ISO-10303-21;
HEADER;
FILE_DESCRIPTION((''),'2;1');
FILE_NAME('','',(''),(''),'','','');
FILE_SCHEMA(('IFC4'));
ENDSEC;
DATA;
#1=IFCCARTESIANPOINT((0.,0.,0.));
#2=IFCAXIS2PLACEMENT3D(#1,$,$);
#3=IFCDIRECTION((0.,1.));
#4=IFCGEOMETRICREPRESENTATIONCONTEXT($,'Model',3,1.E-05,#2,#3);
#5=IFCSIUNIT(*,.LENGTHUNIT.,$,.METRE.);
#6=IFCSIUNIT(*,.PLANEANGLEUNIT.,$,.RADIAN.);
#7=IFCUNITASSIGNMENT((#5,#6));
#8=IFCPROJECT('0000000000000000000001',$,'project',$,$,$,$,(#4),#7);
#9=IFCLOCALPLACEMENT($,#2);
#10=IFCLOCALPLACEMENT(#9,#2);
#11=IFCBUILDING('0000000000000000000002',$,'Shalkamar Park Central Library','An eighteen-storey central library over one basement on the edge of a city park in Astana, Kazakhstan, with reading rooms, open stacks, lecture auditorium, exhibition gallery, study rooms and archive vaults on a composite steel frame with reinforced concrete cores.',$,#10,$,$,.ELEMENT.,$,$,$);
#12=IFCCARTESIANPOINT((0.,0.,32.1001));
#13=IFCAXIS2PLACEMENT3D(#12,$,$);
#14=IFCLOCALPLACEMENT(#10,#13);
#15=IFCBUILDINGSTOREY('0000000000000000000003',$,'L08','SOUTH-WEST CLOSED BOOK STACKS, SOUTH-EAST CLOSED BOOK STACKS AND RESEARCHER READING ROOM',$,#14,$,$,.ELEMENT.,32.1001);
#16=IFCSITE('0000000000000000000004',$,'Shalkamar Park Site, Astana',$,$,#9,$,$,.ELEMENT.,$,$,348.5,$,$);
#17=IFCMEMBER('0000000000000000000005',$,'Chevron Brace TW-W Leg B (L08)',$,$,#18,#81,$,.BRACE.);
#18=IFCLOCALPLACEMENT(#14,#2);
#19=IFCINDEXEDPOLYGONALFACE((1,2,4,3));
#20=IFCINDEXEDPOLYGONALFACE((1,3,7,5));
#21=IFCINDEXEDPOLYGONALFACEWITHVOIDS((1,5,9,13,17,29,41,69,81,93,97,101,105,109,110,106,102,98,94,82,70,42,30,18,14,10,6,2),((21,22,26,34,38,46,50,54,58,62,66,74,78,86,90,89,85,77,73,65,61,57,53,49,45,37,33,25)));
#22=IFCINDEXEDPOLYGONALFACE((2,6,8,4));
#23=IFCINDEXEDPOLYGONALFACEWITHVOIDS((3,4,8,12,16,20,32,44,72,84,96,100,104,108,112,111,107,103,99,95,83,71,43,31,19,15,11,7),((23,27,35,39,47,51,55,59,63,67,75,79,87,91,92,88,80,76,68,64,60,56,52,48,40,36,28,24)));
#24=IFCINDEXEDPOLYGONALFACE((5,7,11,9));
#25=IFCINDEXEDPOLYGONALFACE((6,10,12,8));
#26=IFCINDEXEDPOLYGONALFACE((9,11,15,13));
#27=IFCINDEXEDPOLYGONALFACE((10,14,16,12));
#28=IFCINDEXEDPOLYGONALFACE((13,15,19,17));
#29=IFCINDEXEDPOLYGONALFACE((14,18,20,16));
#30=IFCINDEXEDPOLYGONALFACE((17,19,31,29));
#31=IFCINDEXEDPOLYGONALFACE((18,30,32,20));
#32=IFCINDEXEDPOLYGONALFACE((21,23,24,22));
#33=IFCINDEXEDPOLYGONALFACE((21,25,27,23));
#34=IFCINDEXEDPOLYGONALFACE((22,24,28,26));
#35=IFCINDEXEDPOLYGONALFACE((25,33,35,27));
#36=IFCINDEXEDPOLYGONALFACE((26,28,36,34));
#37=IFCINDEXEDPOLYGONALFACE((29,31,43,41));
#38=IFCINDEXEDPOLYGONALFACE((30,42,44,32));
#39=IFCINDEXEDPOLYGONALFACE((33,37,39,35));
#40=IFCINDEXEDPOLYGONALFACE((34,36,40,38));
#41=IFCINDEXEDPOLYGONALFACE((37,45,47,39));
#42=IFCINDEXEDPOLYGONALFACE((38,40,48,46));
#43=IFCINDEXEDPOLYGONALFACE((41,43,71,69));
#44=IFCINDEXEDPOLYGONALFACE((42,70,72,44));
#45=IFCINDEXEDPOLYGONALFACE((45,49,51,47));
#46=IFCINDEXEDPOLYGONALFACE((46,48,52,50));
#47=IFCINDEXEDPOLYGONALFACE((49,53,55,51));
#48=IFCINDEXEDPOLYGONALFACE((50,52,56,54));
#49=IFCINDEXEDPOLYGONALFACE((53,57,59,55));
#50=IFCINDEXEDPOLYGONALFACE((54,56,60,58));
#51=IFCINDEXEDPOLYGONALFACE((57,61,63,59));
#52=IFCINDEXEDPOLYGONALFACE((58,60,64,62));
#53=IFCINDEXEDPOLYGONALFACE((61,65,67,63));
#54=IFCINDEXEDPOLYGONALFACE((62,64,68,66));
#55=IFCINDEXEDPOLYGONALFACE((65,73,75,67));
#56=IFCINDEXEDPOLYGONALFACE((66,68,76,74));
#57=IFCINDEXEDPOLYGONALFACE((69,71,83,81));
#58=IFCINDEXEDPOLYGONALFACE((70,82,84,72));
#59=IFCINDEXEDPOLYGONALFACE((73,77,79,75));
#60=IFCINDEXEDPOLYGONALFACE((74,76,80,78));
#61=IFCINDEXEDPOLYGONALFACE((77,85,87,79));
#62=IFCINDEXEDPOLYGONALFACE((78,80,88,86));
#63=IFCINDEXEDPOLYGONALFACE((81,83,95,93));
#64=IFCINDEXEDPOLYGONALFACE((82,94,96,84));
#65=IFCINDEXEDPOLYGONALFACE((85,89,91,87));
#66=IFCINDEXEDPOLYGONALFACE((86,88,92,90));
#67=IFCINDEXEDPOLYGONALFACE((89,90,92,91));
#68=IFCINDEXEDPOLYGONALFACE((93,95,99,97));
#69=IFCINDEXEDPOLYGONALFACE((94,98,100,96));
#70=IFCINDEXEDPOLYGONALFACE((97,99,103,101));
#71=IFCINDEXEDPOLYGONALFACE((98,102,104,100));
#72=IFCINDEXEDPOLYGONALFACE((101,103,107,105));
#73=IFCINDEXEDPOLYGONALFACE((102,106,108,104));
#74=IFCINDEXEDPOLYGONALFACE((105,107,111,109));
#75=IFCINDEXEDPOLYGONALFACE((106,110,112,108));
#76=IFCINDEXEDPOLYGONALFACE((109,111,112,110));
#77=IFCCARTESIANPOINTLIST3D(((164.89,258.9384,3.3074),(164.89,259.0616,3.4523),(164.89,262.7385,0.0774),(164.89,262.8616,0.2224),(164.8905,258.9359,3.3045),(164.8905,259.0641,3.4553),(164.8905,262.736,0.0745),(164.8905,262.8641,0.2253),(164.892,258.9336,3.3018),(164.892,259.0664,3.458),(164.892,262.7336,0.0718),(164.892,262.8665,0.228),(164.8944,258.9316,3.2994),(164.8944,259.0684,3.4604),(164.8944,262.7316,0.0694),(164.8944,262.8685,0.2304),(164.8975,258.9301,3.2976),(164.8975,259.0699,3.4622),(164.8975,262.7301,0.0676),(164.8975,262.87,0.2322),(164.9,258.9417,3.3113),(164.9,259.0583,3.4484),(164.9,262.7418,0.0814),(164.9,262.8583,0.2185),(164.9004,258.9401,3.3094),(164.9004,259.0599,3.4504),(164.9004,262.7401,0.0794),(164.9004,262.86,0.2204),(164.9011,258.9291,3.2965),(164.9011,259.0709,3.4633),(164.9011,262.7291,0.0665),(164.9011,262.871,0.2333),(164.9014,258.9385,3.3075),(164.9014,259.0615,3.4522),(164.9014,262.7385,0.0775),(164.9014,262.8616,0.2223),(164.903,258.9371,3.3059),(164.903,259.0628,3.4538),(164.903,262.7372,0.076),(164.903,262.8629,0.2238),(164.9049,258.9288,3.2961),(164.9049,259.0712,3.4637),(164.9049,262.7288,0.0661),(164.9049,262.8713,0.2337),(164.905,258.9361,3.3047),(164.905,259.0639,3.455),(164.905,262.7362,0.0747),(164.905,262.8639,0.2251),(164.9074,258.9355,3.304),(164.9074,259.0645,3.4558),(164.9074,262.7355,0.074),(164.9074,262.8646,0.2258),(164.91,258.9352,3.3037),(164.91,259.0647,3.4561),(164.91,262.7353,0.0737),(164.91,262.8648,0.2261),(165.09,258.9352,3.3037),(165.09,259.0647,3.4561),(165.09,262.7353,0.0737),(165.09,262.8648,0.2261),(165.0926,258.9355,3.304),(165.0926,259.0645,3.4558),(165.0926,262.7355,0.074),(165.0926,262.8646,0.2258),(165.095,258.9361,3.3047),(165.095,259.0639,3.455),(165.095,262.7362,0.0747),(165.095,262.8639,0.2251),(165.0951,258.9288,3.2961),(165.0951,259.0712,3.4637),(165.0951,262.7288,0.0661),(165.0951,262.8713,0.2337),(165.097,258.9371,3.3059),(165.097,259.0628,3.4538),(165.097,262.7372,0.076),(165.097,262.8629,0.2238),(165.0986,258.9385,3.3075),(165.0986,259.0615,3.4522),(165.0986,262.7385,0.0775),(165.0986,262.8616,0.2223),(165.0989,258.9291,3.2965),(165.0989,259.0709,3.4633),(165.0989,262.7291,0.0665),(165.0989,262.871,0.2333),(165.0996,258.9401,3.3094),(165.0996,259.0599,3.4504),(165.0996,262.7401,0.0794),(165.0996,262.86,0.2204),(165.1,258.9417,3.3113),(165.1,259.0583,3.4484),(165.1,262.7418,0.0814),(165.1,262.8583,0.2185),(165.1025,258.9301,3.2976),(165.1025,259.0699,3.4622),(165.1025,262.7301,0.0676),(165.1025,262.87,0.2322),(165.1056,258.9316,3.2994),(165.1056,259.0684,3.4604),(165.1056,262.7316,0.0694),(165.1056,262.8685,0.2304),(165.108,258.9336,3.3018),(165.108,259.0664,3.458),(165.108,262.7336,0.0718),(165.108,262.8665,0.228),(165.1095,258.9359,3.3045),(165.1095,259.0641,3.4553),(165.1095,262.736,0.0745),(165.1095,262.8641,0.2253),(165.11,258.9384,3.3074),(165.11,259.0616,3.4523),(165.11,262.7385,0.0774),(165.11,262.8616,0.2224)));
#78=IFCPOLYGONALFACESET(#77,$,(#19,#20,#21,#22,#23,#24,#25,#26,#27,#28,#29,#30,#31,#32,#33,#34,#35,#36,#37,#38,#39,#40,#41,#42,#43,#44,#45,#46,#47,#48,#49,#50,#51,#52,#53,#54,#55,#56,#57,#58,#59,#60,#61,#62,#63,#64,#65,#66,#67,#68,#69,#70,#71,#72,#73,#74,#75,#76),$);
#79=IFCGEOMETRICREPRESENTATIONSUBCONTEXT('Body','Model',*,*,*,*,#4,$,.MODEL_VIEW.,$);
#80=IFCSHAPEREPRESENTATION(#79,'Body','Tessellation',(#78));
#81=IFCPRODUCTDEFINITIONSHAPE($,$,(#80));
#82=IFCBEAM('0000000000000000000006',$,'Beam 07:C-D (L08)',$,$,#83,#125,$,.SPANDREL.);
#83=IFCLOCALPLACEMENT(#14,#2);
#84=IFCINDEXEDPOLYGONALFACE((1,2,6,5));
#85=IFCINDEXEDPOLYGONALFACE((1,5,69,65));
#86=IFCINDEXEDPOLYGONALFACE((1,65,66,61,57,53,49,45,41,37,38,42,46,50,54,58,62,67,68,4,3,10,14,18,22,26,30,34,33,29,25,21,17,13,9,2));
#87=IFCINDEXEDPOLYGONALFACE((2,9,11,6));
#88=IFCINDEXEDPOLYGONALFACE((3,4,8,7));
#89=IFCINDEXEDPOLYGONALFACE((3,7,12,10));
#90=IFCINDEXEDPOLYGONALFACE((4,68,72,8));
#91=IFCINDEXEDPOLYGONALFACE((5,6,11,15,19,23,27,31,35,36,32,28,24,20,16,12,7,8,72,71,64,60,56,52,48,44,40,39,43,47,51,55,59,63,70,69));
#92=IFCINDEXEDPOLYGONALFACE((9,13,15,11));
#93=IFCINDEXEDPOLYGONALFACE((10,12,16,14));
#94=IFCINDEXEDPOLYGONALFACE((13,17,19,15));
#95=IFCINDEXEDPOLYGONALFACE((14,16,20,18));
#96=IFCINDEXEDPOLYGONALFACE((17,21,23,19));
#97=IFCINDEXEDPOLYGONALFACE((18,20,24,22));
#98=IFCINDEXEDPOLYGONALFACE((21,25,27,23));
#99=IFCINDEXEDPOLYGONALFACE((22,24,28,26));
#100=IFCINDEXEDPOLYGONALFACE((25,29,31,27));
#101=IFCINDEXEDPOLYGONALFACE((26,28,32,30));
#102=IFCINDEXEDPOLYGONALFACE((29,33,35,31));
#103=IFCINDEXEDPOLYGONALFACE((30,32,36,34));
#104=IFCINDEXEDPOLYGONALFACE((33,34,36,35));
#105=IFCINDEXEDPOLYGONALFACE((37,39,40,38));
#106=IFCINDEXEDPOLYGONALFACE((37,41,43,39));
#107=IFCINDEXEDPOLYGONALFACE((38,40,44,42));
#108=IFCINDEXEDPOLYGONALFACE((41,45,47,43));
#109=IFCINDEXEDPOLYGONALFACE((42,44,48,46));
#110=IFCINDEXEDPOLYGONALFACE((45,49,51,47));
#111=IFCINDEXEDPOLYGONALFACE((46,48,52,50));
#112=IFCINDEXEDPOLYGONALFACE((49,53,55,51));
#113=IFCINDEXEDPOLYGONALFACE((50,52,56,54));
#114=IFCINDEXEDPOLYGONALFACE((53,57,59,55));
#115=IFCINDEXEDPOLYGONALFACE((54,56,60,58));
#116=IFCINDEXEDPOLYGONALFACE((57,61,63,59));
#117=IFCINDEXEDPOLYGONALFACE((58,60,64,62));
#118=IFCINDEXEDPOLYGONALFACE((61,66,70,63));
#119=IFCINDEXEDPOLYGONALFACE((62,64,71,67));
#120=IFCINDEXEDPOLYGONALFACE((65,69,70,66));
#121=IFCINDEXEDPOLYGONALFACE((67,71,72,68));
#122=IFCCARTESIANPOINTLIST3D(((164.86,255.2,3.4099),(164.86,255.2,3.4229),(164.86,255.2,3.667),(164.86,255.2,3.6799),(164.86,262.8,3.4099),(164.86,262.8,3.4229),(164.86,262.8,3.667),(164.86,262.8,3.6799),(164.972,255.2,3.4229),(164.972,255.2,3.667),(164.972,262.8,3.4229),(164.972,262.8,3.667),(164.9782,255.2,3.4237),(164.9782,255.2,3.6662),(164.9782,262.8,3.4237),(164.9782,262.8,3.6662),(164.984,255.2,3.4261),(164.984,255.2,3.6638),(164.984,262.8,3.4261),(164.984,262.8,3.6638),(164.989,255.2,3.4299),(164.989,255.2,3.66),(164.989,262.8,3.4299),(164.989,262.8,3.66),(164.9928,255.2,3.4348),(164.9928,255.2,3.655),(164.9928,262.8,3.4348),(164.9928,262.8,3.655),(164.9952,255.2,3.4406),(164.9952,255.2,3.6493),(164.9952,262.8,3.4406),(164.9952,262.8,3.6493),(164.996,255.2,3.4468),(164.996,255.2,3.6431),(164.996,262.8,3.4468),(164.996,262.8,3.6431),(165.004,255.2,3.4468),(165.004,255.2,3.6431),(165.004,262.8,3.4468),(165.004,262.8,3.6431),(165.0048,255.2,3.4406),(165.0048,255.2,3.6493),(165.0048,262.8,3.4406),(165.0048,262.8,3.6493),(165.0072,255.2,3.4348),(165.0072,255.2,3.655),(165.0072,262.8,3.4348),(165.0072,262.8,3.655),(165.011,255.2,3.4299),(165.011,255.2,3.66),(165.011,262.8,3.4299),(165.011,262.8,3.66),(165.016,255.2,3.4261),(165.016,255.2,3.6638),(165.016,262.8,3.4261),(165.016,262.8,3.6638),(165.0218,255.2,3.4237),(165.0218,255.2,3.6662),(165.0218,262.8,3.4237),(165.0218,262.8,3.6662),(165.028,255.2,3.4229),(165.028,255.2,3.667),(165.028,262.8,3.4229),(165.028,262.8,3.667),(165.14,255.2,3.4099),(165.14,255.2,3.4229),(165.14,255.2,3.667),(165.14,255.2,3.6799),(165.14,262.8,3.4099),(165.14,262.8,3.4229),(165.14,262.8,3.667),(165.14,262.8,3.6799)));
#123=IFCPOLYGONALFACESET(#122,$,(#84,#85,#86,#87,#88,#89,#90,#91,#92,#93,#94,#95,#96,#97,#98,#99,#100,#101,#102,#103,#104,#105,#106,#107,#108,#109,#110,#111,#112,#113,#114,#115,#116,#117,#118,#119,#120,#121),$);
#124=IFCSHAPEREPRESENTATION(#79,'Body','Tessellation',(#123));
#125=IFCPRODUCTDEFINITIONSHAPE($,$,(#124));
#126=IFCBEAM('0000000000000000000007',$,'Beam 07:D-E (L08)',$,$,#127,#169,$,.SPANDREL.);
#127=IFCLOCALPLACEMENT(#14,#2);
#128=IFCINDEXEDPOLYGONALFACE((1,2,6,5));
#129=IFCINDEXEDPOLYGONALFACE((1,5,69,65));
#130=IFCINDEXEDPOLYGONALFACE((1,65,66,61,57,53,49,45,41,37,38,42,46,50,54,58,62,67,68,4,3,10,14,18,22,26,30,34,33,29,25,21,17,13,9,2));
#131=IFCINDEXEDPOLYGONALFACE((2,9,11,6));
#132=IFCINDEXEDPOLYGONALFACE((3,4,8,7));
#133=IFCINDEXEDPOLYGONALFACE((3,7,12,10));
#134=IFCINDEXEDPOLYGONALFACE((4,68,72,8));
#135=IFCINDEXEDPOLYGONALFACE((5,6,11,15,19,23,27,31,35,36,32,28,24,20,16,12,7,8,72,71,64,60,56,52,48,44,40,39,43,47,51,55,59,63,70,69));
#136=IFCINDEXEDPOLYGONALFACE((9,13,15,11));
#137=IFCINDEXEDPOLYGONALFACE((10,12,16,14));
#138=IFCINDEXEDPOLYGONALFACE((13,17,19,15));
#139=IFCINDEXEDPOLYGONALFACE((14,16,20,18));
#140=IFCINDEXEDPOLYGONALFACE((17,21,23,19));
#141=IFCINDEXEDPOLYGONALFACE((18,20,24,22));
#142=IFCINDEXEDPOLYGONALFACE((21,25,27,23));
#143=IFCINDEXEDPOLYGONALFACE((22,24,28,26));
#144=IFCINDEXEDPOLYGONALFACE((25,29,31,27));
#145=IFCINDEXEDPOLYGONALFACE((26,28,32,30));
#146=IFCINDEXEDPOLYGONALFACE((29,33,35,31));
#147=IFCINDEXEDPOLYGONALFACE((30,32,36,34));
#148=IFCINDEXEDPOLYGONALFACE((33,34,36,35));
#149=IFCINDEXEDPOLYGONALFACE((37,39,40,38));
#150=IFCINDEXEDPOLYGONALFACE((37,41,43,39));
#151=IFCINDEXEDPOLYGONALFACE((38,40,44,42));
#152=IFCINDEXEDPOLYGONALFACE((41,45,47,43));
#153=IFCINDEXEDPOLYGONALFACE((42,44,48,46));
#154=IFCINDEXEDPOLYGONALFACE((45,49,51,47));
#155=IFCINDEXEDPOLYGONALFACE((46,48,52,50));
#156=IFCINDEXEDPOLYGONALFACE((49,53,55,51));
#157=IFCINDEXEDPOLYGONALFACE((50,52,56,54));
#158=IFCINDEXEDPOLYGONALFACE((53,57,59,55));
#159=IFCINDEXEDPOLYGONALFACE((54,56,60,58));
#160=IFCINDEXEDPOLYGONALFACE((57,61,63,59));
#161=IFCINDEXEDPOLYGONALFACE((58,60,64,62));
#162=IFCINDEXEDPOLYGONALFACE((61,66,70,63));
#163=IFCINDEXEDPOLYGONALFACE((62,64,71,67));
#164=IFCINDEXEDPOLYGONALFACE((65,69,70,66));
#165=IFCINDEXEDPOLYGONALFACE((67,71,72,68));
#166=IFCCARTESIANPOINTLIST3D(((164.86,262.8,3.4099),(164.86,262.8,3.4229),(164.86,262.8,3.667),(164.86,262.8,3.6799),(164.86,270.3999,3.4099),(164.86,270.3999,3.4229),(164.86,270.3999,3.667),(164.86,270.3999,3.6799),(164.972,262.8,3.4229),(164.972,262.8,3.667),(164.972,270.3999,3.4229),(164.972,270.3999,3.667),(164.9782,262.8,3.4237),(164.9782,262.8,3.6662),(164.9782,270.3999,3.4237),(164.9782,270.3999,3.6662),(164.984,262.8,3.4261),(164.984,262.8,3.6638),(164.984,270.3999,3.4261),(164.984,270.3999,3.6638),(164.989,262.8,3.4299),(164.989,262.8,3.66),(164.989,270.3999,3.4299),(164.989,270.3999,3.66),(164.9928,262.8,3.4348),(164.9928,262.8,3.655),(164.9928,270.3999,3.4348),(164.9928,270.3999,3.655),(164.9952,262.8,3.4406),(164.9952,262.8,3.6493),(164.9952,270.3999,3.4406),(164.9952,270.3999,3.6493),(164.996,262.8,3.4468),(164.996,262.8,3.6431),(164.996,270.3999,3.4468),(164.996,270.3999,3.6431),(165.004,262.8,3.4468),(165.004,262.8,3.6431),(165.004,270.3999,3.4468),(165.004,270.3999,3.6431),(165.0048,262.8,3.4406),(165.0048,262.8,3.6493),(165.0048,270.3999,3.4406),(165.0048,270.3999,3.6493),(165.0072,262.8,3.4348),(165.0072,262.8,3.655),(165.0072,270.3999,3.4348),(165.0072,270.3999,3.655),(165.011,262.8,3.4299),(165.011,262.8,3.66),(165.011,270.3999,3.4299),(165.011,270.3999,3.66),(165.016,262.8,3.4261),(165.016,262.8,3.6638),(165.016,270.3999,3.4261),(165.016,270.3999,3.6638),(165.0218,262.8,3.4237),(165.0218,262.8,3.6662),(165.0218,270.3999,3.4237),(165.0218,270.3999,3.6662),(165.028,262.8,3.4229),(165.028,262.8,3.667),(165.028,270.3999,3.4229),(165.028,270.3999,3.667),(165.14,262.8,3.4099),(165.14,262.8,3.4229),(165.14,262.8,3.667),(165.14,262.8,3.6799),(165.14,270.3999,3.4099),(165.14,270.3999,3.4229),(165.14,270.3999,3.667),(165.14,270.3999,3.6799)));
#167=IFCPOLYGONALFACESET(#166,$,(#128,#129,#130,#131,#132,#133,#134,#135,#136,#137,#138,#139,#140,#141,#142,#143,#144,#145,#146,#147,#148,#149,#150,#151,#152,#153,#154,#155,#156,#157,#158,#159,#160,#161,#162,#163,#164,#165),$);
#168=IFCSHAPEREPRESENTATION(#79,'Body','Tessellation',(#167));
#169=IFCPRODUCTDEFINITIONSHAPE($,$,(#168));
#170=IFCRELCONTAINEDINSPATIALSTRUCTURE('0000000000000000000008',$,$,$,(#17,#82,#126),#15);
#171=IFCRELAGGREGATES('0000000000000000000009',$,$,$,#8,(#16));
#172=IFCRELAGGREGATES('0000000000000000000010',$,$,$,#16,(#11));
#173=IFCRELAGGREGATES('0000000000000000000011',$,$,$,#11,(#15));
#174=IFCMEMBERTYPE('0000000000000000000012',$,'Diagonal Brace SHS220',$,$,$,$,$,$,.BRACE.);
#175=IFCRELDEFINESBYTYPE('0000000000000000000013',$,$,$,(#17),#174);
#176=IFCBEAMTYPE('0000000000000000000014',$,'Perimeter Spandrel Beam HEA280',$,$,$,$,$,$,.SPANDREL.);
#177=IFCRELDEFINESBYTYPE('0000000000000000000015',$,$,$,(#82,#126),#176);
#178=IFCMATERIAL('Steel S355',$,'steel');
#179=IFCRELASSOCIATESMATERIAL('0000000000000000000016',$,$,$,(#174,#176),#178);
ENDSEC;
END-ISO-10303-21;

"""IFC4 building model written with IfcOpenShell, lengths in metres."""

from ifc_helpers import new_model, si_unit, direction, frame, origin, origin_2d, place, context, subcontext, project, spatial, hollow_rectangle, i_section, extrude, material, material_profile, profile_set, type_object, element, save


model = new_model("IFC4")

# Units and contexts
model_context = context("Model", 3, precision=1e-05, world=origin(), true_north=direction((0.0, 1.0)))
body_context = subcontext(model_context, "Body", "Model", "MODEL_VIEW")
ifc_project = project(units=[si_unit("LENGTHUNIT", "METRE"), si_unit("PLANEANGLEUNIT", "RADIAN")], contexts=[model_context])

# Site, building, storey
site_placement = place(None, origin())
site = spatial("IfcSite", under=ifc_project, at=site_placement, Name="Shalkamar Park Site, Astana", CompositionType="ELEMENT", RefElevation=348.5)
building_placement = place(site_placement, origin())
building = spatial("IfcBuilding", under=site, at=building_placement, Name="Shalkamar Park Central Library", Description="An eighteen-storey central library over one basement on the edge of a city park in Astana, Kazakhstan, with reading rooms, open stacks, lecture auditorium, exhibition gallery, study rooms and archive vaults on a composite steel frame with reinforced concrete cores.", CompositionType="ELEMENT")
storey_placement = place(building_placement, frame((0.0, 0.0, 32.1001)))
storey = spatial("IfcBuildingStorey", under=building, at=storey_placement, Name="L08", Description="SOUTH-WEST CLOSED BOOK STACKS, SOUTH-EAST CLOSED BOOK STACKS AND RESEARCHER READING ROOM", CompositionType="ELEMENT", Elevation=32.1001)

# Shared definitions
ifc_material_1 = material(Name="Steel S355", Category="steel")

# Member
ifc_material_profile_1 = material_profile(ifc_material_1, hollow_rectangle(XDim=0.22, YDim=0.22, WallThickness=0.01, InnerFilletRadius=0.01, OuterFilletRadius=0.0149, at=origin_2d()), Name="SHS 220x220x10")
ifc_profile_set_1 = profile_set([ifc_material_profile_1], Name="Steel S355")
member_type = type_object("IfcMemberType", Name="Diagonal Brace SHS220", PredefinedType="BRACE", material=ifc_profile_set_1)
for number, where, z_axis, x_axis, name in (
    (1, (165.0, 262.8, 0.1499), (0.0, -0.761945, 0.647641), (1.0, 0.0, 0.0), "Chevron Brace TW-W Leg B (L08)"),
):
    element("IfcMember", number, at=place(storey_placement, frame(where, z_axis=z_axis, x_axis=x_axis)), inside=storey, type_object=member_type, Name=name, PredefinedType="BRACE", context=body_context, shape_type="SweptSolid", body=[
        extrude(hollow_rectangle(XDim=0.22, YDim=0.22, WallThickness=0.01, InnerFilletRadius=0.01, OuterFilletRadius=0.0149, at=origin_2d()), origin(), (0.0, 0.0, 1.0), 4.9873),
    ])

# Beams
ifc_material_profile_2 = material_profile(ifc_material_1, i_section(OverallWidth=0.28, OverallDepth=0.27, WebThickness=0.0081, FlangeThickness=0.0129, FilletRadius=0.0239, at=origin_2d()), Name="HEA 280")
ifc_profile_set_2 = profile_set([ifc_material_profile_2], Name="Steel S355")
beam_type_1 = type_object("IfcBeamType", Name="Perimeter Spandrel Beam HEA280", PredefinedType="SPANDREL", material=ifc_profile_set_2)
beam_1_placement = place(storey_placement, frame((165.0, 255.2, 3.5449), z_axis=(0.0, 1.0, 0.0), x_axis=(-1.0, 0.0, 0.0)))
element("IfcBeam", 2, at=beam_1_placement, inside=storey, type_object=beam_type_1, Name="Beam 07:C-D (L08)", PredefinedType="SPANDREL", context=body_context, shape_type="SweptSolid", body=[
    extrude(i_section(OverallWidth=0.28, OverallDepth=0.27, WebThickness=0.0081, FlangeThickness=0.0129, FilletRadius=0.0239, at=origin_2d()), origin(), (0.0, 0.0, 1.0), 7.6001),
])
beam_2_placement = place(storey_placement, frame((165.0, 262.8, 3.5449), z_axis=(0.0, 1.0, 0.0), x_axis=(-1.0, 0.0, 0.0)))
element("IfcBeam", 3, at=beam_2_placement, inside=storey, type_object=beam_type_1, Name="Beam 07:D-E (L08)", PredefinedType="SPANDREL", context=body_context, shape_type="SweptSolid", body=[
    extrude(i_section(OverallWidth=0.28, OverallDepth=0.27, WebThickness=0.0081, FlangeThickness=0.0129, FilletRadius=0.0239, at=origin_2d()), origin(), (0.0, 0.0, 1.0), 7.5999),
])

save(model, "model.ifc")
